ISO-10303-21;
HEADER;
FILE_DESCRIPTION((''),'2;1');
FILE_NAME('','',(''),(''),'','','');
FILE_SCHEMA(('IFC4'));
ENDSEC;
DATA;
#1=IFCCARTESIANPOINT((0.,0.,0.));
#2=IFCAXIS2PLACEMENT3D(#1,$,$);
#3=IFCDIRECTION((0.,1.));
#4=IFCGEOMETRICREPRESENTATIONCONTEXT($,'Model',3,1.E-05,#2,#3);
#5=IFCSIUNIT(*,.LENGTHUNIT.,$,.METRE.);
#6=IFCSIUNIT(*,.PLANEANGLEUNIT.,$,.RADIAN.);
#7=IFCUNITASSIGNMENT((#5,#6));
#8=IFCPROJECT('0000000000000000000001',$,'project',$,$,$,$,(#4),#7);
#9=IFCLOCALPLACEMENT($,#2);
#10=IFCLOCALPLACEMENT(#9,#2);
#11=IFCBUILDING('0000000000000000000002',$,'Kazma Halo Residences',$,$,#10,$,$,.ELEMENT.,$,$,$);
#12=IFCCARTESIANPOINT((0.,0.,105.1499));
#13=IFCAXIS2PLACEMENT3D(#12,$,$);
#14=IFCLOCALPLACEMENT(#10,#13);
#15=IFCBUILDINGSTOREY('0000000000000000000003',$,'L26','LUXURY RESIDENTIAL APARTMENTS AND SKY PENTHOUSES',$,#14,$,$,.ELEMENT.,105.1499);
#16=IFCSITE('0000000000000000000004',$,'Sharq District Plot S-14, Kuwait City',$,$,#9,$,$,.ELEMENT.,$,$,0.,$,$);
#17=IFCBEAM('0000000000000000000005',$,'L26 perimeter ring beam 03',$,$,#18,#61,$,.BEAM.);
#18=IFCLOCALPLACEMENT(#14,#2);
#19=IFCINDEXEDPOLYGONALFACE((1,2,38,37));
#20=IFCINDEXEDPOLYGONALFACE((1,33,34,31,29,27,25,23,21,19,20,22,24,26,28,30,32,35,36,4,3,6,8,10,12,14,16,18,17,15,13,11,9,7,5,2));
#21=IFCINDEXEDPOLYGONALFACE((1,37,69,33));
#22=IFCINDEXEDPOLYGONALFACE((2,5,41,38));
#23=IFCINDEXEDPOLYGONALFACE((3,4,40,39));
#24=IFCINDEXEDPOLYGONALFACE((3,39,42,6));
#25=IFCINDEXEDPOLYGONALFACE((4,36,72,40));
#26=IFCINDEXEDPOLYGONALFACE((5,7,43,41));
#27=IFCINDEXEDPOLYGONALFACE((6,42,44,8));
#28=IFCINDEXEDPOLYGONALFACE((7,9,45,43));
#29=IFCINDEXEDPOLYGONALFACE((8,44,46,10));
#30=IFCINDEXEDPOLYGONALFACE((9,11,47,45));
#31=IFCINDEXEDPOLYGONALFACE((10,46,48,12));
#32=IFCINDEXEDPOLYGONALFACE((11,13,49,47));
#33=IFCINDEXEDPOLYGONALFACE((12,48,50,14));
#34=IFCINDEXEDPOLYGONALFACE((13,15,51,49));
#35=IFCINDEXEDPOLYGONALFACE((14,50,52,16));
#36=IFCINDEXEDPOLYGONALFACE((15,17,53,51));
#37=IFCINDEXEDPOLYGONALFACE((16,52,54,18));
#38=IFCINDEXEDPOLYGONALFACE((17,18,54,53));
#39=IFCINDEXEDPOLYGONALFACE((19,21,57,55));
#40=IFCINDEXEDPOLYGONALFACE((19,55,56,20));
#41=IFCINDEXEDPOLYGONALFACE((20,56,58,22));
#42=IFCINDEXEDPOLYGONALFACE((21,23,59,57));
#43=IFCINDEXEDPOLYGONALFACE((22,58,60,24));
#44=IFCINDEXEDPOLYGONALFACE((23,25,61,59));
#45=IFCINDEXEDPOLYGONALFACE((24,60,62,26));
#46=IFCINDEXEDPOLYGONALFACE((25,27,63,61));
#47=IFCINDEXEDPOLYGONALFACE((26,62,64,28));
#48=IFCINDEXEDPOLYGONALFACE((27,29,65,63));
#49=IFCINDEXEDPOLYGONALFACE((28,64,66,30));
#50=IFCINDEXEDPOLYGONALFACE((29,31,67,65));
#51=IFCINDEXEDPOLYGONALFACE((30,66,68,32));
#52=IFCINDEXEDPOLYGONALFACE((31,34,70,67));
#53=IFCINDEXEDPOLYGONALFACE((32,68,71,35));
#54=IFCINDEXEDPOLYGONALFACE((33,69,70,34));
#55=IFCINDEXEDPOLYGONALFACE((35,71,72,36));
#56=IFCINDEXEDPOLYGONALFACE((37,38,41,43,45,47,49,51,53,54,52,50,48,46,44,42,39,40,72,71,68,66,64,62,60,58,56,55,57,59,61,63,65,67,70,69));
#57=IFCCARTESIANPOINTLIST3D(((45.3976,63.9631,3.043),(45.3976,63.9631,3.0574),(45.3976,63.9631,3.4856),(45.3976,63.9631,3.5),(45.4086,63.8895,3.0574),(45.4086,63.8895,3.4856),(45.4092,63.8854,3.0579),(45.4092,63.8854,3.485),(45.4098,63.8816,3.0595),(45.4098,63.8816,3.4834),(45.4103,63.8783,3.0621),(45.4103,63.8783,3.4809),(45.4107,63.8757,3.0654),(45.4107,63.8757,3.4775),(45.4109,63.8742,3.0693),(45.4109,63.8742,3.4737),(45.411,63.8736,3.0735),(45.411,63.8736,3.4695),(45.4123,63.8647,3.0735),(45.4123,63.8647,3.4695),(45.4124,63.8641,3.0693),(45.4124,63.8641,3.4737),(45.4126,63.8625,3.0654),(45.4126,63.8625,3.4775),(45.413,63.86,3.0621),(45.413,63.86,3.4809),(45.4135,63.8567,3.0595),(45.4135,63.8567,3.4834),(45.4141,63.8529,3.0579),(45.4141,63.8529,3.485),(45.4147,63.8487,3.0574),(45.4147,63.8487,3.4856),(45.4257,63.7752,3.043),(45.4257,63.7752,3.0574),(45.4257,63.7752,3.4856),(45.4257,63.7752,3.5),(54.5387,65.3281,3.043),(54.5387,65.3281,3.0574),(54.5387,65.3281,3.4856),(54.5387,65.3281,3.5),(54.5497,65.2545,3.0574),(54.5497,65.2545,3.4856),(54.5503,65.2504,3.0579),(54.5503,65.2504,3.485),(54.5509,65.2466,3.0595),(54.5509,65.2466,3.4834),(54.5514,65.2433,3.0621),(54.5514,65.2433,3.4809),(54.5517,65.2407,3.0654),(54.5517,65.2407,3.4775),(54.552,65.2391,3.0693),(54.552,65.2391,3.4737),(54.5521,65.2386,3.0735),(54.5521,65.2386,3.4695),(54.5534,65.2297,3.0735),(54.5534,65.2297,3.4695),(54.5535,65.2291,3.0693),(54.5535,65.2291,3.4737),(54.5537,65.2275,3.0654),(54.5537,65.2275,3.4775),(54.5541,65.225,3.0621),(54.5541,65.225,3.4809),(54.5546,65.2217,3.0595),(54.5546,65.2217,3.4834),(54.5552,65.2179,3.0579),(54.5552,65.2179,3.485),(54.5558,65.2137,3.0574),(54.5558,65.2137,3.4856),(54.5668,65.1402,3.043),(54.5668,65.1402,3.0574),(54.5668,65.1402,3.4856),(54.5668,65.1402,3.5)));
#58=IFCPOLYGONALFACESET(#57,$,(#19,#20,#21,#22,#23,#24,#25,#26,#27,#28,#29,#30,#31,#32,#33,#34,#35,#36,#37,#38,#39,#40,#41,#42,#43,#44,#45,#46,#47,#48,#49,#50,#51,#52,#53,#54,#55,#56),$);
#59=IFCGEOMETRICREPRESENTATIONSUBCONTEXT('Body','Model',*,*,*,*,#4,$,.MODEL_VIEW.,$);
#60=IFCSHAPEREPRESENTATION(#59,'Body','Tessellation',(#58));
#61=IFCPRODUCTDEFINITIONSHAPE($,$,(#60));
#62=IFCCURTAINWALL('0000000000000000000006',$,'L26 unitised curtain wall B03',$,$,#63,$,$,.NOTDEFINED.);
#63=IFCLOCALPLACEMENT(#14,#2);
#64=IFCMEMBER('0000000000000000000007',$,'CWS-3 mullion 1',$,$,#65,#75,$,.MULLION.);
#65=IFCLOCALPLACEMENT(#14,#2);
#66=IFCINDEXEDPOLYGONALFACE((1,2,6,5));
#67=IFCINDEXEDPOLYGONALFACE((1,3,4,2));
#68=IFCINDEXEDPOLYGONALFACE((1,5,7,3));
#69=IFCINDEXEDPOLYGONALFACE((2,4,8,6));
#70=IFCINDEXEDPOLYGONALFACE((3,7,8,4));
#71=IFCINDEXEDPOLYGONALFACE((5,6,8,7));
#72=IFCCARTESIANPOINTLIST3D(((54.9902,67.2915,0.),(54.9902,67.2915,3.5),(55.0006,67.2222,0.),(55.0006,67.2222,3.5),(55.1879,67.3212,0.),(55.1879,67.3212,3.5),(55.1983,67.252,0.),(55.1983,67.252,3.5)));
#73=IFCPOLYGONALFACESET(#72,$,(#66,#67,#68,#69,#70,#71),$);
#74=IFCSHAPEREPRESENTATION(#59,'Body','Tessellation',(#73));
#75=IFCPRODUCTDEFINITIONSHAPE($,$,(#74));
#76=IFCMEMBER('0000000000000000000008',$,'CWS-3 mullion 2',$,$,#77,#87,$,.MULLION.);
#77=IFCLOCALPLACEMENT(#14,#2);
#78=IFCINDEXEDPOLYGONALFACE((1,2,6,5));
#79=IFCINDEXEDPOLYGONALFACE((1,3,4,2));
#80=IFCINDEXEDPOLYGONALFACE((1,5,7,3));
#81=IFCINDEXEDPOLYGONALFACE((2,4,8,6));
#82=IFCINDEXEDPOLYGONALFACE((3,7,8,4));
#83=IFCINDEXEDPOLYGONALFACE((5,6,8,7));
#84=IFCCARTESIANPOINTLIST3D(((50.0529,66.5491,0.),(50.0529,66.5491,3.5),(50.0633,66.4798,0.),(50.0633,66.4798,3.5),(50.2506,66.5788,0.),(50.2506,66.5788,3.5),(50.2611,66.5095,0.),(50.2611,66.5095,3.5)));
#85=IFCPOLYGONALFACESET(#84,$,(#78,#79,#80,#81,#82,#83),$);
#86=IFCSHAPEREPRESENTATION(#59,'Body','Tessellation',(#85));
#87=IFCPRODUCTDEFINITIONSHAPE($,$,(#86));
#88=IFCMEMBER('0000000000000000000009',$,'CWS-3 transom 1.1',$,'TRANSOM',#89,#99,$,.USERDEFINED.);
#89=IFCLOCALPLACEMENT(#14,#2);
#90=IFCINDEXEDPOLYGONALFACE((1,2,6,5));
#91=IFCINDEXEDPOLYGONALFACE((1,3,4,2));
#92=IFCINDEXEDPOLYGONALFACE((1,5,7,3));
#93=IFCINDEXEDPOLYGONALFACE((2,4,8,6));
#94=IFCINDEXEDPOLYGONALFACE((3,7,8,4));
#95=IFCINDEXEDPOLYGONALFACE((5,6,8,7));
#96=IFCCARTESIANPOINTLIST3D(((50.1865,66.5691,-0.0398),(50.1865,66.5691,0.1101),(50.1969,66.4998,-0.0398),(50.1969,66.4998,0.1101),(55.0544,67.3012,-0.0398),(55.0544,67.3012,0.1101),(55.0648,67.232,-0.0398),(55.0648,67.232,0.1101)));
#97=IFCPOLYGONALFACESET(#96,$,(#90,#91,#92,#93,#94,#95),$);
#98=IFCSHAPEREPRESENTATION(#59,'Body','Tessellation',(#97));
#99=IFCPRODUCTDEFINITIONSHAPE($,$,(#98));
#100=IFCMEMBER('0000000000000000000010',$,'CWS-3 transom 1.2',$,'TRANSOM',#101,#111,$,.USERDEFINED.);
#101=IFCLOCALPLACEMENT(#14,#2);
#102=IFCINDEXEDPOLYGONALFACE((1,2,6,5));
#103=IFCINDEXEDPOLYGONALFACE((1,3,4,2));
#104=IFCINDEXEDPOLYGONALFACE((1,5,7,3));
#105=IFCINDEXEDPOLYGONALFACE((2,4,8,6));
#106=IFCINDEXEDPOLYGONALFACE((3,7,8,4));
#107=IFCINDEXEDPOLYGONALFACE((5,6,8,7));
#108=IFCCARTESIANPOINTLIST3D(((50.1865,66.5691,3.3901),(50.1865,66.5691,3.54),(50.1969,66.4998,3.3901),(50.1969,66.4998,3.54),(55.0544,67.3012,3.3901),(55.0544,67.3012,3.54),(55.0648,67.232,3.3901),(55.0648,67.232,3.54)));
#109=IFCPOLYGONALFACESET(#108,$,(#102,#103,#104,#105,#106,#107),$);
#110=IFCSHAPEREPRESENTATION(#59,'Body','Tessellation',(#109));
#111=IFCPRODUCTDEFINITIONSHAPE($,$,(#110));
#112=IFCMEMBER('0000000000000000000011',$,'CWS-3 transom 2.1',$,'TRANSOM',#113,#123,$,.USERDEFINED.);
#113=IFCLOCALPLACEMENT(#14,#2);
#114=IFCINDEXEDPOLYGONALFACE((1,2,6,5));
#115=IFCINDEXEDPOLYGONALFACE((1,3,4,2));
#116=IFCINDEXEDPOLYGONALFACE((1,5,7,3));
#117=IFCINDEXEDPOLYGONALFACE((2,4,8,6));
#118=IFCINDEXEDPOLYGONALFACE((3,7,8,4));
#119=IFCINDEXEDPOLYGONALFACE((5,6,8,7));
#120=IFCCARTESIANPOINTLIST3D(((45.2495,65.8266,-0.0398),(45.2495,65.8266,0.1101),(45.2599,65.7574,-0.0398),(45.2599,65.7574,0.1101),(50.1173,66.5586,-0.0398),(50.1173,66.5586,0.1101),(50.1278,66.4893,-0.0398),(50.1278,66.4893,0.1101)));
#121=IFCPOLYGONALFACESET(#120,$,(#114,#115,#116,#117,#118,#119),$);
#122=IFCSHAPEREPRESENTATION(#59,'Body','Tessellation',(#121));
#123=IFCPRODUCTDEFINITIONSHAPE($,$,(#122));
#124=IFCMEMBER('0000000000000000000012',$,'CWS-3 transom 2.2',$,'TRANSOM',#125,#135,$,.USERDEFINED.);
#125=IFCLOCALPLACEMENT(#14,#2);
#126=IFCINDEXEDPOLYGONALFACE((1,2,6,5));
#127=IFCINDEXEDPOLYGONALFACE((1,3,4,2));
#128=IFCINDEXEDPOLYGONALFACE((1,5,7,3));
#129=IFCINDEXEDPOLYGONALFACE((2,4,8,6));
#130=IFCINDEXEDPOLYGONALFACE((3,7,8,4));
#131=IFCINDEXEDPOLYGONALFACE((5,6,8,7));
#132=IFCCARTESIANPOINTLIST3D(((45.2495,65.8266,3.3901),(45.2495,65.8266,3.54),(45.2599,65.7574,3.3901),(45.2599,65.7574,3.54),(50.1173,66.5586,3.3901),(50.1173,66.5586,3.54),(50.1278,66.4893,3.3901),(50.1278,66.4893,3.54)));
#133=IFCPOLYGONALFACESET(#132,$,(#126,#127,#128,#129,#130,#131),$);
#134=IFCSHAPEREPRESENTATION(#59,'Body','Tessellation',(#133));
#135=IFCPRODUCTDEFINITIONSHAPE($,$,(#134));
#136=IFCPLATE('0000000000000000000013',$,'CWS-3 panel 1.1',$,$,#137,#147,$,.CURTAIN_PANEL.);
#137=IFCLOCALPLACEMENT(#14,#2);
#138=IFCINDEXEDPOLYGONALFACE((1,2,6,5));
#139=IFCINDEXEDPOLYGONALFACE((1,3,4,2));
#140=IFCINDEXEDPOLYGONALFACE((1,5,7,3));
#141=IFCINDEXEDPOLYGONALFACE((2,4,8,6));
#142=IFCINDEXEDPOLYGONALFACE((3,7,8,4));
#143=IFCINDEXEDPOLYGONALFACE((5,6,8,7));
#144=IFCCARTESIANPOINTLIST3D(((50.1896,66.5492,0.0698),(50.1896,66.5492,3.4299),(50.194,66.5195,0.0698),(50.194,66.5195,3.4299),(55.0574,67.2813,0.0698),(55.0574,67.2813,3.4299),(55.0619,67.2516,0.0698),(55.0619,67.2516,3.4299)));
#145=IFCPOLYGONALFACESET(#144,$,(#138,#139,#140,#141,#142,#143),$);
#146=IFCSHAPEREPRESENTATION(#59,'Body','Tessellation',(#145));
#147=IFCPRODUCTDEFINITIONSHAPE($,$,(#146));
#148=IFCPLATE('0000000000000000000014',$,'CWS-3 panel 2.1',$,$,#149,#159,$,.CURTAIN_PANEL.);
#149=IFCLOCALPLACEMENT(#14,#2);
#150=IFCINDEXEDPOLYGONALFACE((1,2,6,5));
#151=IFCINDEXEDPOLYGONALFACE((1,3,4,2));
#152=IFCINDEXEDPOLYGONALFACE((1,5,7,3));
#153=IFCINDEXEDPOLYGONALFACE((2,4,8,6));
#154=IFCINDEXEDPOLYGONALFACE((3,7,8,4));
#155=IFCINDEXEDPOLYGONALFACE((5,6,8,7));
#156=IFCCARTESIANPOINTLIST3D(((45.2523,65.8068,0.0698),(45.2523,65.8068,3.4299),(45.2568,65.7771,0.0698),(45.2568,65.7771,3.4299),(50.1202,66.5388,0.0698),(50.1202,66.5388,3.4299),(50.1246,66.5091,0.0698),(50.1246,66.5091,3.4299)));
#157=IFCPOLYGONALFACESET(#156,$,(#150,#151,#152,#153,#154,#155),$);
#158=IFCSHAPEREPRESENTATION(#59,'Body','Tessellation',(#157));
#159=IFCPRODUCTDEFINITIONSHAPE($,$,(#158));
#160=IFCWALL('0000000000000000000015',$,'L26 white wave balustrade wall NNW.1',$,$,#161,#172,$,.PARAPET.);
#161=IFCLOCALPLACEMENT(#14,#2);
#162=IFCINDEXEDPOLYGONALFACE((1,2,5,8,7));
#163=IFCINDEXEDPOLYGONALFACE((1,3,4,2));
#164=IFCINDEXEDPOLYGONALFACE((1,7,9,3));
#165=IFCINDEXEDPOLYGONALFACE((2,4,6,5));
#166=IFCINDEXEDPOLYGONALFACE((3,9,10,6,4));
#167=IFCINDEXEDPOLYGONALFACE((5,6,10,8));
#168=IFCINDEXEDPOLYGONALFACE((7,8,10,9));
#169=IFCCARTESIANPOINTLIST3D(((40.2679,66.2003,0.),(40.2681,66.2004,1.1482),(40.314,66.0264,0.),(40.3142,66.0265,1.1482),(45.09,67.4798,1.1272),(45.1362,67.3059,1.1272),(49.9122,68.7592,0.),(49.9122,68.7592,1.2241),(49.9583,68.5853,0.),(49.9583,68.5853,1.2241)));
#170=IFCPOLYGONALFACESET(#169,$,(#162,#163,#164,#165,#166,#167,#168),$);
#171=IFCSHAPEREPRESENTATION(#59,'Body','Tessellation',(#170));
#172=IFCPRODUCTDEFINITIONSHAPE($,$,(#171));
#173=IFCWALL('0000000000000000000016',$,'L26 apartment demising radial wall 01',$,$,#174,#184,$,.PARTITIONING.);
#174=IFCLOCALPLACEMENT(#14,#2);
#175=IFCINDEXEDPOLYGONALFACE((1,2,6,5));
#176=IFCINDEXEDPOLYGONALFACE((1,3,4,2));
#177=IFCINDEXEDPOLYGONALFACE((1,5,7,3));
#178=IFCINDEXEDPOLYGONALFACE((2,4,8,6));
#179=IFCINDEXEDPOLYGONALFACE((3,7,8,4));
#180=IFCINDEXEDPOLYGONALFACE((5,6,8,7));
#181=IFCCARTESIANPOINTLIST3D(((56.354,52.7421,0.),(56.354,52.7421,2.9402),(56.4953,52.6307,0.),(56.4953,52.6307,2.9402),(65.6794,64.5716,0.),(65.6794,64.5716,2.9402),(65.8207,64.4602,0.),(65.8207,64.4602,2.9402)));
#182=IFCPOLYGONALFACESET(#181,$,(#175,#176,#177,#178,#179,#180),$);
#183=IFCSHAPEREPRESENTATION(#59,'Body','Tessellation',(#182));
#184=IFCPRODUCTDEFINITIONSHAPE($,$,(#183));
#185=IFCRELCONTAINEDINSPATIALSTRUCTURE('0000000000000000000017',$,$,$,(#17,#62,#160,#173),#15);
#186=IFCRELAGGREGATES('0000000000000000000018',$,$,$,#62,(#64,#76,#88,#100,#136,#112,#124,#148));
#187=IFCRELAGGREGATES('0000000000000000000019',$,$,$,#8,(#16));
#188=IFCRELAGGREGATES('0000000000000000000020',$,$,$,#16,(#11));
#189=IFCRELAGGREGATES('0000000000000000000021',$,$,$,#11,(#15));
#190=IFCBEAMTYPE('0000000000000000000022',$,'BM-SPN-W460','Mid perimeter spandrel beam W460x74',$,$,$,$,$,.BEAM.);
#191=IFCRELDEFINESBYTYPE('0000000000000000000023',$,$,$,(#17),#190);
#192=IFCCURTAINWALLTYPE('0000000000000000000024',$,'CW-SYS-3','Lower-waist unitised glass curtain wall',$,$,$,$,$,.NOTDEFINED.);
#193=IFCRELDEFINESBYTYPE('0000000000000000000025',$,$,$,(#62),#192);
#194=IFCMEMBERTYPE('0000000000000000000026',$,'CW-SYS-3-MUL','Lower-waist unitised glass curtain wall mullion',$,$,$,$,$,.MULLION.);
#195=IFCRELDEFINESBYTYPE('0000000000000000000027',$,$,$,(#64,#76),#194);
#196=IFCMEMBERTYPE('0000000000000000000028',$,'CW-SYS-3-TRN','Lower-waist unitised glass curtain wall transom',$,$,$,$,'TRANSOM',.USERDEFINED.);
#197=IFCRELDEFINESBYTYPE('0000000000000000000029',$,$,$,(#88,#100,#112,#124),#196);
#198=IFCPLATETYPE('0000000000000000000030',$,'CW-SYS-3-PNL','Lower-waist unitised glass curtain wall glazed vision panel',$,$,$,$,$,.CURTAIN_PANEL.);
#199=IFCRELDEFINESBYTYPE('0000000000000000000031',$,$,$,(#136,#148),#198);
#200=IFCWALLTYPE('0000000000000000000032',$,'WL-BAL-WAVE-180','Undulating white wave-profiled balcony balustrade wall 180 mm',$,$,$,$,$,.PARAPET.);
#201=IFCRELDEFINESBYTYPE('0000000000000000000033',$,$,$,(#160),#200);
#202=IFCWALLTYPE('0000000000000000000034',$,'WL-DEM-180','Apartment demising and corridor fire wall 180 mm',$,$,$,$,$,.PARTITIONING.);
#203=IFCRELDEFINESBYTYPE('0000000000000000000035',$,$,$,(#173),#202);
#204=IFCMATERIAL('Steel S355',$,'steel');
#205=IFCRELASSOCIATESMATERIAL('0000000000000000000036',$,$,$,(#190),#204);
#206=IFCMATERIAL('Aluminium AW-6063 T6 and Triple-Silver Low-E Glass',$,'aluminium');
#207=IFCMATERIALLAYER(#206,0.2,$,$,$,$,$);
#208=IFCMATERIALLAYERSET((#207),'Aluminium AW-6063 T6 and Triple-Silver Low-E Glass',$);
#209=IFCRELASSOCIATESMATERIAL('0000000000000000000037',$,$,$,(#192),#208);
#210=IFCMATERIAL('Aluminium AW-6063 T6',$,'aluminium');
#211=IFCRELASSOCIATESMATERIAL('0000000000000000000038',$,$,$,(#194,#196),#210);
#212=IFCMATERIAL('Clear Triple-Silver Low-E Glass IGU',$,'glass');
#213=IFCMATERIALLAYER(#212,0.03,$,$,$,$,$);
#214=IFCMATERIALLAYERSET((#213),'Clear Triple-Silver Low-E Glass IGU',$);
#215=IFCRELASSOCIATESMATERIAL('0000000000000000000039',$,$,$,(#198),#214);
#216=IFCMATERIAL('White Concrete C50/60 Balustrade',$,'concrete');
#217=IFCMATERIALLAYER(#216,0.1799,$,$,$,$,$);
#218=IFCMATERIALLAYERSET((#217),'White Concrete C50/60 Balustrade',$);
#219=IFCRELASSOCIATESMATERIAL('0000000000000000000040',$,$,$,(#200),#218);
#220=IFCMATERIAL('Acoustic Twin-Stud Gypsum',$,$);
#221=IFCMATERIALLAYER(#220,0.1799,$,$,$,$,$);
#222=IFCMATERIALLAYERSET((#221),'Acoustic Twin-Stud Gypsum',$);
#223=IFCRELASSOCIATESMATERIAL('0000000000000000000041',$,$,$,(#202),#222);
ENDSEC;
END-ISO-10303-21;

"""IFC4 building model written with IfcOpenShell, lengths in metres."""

from ifc_helpers import new_model, si_unit, direction, frame, frame_2d, origin, origin_2d, place, context, subcontext, project, spatial, polyline, rectangle, i_section, outline, extrude, material, layer, layer_set, material_profile, profile_set, type_object, element, aggregate, save


model = new_model("IFC4")

# Units and contexts
model_context = context("Model", 3, precision=1e-05, world=origin(), true_north=direction((0.0, 1.0)))
body_context = subcontext(model_context, "Body", "Model", "MODEL_VIEW")
ifc_project = project(units=[si_unit("LENGTHUNIT", "METRE"), si_unit("PLANEANGLEUNIT", "RADIAN")], contexts=[model_context])

# Site, building, storey
site_placement = place(None, origin())
site = spatial("IfcSite", under=ifc_project, at=site_placement, Name="Sharq District Plot S-14, Kuwait City", CompositionType="ELEMENT", RefElevation=0.0)
building_placement = place(site_placement, origin())
building = spatial("IfcBuilding", under=site, at=building_placement, Name="Kazma Halo Residences", CompositionType="ELEMENT")
storey_placement = place(building_placement, frame((0.0, 0.0, 105.1499)))
storey = spatial("IfcBuildingStorey", under=building, at=storey_placement, Name="L26", Description="LUXURY RESIDENTIAL APARTMENTS AND SKY PENTHOUSES", CompositionType="ELEMENT", Elevation=105.1499)

# Beam
ifc_material_1 = material(Name="Steel S355", Category="steel")
ifc_material_profile_1 = material_profile(ifc_material_1, i_section(OverallWidth=0.1899, OverallDepth=0.457, WebThickness=0.009, FlangeThickness=0.0144, FilletRadius=0.0161, at=origin_2d()), Name="W460x74")
ifc_profile_set_1 = profile_set([ifc_material_profile_1], Name="Steel S355")
beam_type_1 = type_object("IfcBeamType", Name="BM-SPN-W460", Description="Mid perimeter spandrel beam W460x74", PredefinedType="BEAM", material=ifc_profile_set_1)
beam_1_placement = place(storey_placement, frame((54.5527, 65.2341, 3.2715), z_axis=(-0.989034, -0.147687, 0.0), x_axis=(0.147687, -0.989034, 0.0)))
element("IfcBeam", 1, at=beam_1_placement, inside=storey, type_object=beam_type_1, Name="L26 perimeter ring beam 03", PredefinedType="BEAM", context=body_context, shape_type="SweptSolid", body=[
    extrude(i_section(OverallWidth=0.1899, OverallDepth=0.457, WebThickness=0.009, FlangeThickness=0.0144, FilletRadius=0.0161, at=origin_2d()), origin(), (0.0, 0.0, 1.0), 9.2424),
])

# Curtain wall, members, plates
ifc_material_2 = material(Name="Aluminium AW-6063 T6 and Triple-Silver Low-E Glass", Category="aluminium")
ifc_layer_1 = layer(ifc_material_2, 0.2)
ifc_layer_set_1 = layer_set([ifc_layer_1], Name="Aluminium AW-6063 T6 and Triple-Silver Low-E Glass")
curtain_wall_type = type_object("IfcCurtainWallType", Name="CW-SYS-3", Description="Lower-waist unitised glass curtain wall", PredefinedType="NOTDEFINED", material=ifc_layer_set_1)
curtain_wall_placement = place(storey_placement, origin())
curtain_wall = element("IfcCurtainWall", 2, at=curtain_wall_placement, inside=storey, type_object=curtain_wall_type, Name="L26 unitised curtain wall B03", PredefinedType="NOTDEFINED")
ifc_material_3 = material(Name="Aluminium AW-6063 T6", Category="aluminium")
ifc_material_profile_2 = material_profile(ifc_material_3, rectangle(XDim=0.0701, YDim=0.2, at=origin_2d()), Name="CWM-70x200")
ifc_profile_set_2 = profile_set([ifc_material_profile_2], Name="Aluminium AW-6063 T6")
member_type_1 = type_object("IfcMemberType", Name="CW-SYS-3-MUL", Description="Lower-waist unitised glass curtain wall mullion", PredefinedType="MULLION", material=ifc_profile_set_2)
member_1_placement = place(storey_placement, frame((55.0942, 67.2717, 0.0), z_axis=(0.0, 0.0, 1.0), x_axis=(0.148717, -0.98888, 0.0)))
member_1 = element("IfcMember", 3, at=member_1_placement, type_object=member_type_1, Name="CWS-3 mullion 1", PredefinedType="MULLION", context=body_context, shape_type="SweptSolid", body=[
    extrude(rectangle(XDim=0.0701, YDim=0.2, at=origin_2d()), origin(), (0.0, 0.0, 1.0), 3.5),
])
member_2_placement = place(storey_placement, frame((50.157, 66.5293, 0.0), z_axis=(0.0, 0.0, 1.0), x_axis=(0.148717, -0.98888, 0.0)))
member_2 = element("IfcMember", 4, at=member_2_placement, type_object=member_type_1, Name="CWS-3 mullion 2", PredefinedType="MULLION", context=body_context, shape_type="SweptSolid", body=[
    extrude(rectangle(XDim=0.0701, YDim=0.2, at=origin_2d()), origin(), (0.0, 0.0, 1.0), 3.5),
])
ifc_material_profile_3 = material_profile(ifc_material_3, rectangle(XDim=0.0701, YDim=0.1499, at=origin_2d()), Name="CWT-70x150")
ifc_profile_set_3 = profile_set([ifc_material_profile_3], Name="Aluminium AW-6063 T6")
member_type_2 = type_object("IfcMemberType", Name="CW-SYS-3-TRN", Description="Lower-waist unitised glass curtain wall transom", ElementType="TRANSOM", PredefinedType="USERDEFINED", material=ifc_profile_set_3)
member_3_placement = place(storey_placement, frame((55.0596, 67.2666, 0.0352), z_axis=(-0.988877, -0.148736, 0.0), x_axis=(0.148736, -0.988877, 0.0)))
member_3 = element("IfcMember", 5, at=member_3_placement, type_object=member_type_2, Name="CWS-3 transom 1.1", ObjectType="TRANSOM", PredefinedType="USERDEFINED", context=body_context, shape_type="SweptSolid", body=[
    extrude(rectangle(XDim=0.0701, YDim=0.1499, at=origin_2d()), origin(), (0.0, 0.0, 1.0), 4.9226),
])
member_4_placement = place(storey_placement, frame((55.0596, 67.2666, 3.4651), z_axis=(-0.988877, -0.148736, 0.0), x_axis=(0.148736, -0.988877, 0.0)))
member_4 = element("IfcMember", 6, at=member_4_placement, type_object=member_type_2, Name="CWS-3 transom 1.2", ObjectType="TRANSOM", PredefinedType="USERDEFINED", context=body_context, shape_type="SweptSolid", body=[
    extrude(rectangle(XDim=0.0701, YDim=0.1499, at=origin_2d()), origin(), (0.0, 0.0, 1.0), 4.9226),
])
member_5_placement = place(storey_placement, frame((50.1226, 66.5239, 0.0352), z_axis=(-0.988884, -0.148687, 0.0), x_axis=(0.148687, -0.988884, 0.0)))
member_5 = element("IfcMember", 7, at=member_5_placement, type_object=member_type_2, Name="CWS-3 transom 2.1", ObjectType="TRANSOM", PredefinedType="USERDEFINED", context=body_context, shape_type="SweptSolid", body=[
    extrude(rectangle(XDim=0.0701, YDim=0.1499, at=origin_2d()), origin(), (0.0, 0.0, 1.0), 4.9226),
])
member_6_placement = place(storey_placement, frame((50.1226, 66.5239, 3.4651), z_axis=(-0.988884, -0.148687, 0.0), x_axis=(0.148687, -0.988884, 0.0)))
member_6 = element("IfcMember", 8, at=member_6_placement, type_object=member_type_2, Name="CWS-3 transom 2.2", ObjectType="TRANSOM", PredefinedType="USERDEFINED", context=body_context, shape_type="SweptSolid", body=[
    extrude(rectangle(XDim=0.0701, YDim=0.1499, at=origin_2d()), origin(), (0.0, 0.0, 1.0), 4.9226),
])
ifc_material_4 = material(Name="Clear Triple-Silver Low-E Glass IGU", Category="glass")
ifc_layer_2 = layer(ifc_material_4, 0.03)
ifc_layer_set_2 = layer_set([ifc_layer_2], Name="Clear Triple-Silver Low-E Glass IGU")
plate_type = type_object("IfcPlateType", Name="CW-SYS-3-PNL", Description="Lower-waist unitised glass curtain wall glazed vision panel", PredefinedType="CURTAIN_PANEL", material=ifc_layer_set_2)
plate_1_placement = place(storey_placement, frame((52.6257, 66.9004, 0.0698), z_axis=(0.0, 0.0, 1.0), x_axis=(-0.98888, -0.148717, 0.0)))
plate_1 = element("IfcPlate", 9, at=plate_1_placement, type_object=plate_type, Name="CWS-3 panel 1.1", PredefinedType="CURTAIN_PANEL", context=body_context, shape_type="SweptSolid", body=[
    extrude(rectangle(XDim=4.9226, YDim=0.03, at=origin_2d()), origin(), (0.0, 0.0, 1.0), 3.3601),
])
plate_2_placement = place(storey_placement, frame((47.6885, 66.158, 0.0698), z_axis=(0.0, 0.0, 1.0), x_axis=(-0.98888, -0.148717, 0.0)))
plate_2 = element("IfcPlate", 10, at=plate_2_placement, type_object=plate_type, Name="CWS-3 panel 2.1", PredefinedType="CURTAIN_PANEL", context=body_context, shape_type="SweptSolid", body=[
    extrude(rectangle(XDim=4.9226, YDim=0.03, at=origin_2d()), origin(), (0.0, 0.0, 1.0), 3.3601),
])
aggregate(curtain_wall, [member_1, member_2, member_3, member_4, plate_1, member_5, member_6, plate_2])

# Walls
ifc_material_5 = material(Name="White Concrete C50/60 Balustrade", Category="concrete")
ifc_layer_3 = layer(ifc_material_5, 0.1799)
ifc_layer_set_3 = layer_set([ifc_layer_3], Name="White Concrete C50/60 Balustrade")
wall_type_1 = type_object("IfcWallType", Name="WL-BAL-WAVE-180", Description="Undulating white wave-profiled balcony balustrade wall 180 mm", PredefinedType="PARAPET", material=ifc_layer_set_3)
wall_1_placement = place(storey_placement, frame((49.9353, 68.6721, 0.0), z_axis=(0.0, 0.0, 1.0), x_axis=(-0.966558, -0.256449, 0.0)))
element("IfcWall", 11, at=wall_1_placement, inside=storey, type_object=wall_type_1, Name="L26 white wave balustrade wall NNW.1", PredefinedType="PARAPET", context=body_context, shape_type="SweptSolid", body=[
    extrude(outline(polyline([(0.0, 0.0), (9.978, 0.0), (9.9778, 1.1482), (4.989, 1.1272), (0.0, 1.2241), (0.0, 0.0)])), frame((0.0, 0.0898, 0.0), z_axis=(0.0, -1.0, 0.0), x_axis=(1.0, 0.0, 0.0)), (0.0, 0.0, 1.0), 0.1799),
])
ifc_material_6 = material(Name="Acoustic Twin-Stud Gypsum")
ifc_layer_4 = layer(ifc_material_6, 0.1799)
ifc_layer_set_4 = layer_set([ifc_layer_4], Name="Acoustic Twin-Stud Gypsum")
wall_type_2 = type_object("IfcWallType", Name="WL-DEM-180", Description="Apartment demising and corridor fire wall 180 mm", PredefinedType="PARTITIONING", material=ifc_layer_set_4)
wall_2_placement = place(storey_placement, frame((56.4246, 52.6863, 0.0), z_axis=(0.0, 0.0, 1.0), x_axis=(0.619083, 0.785325, 0.0)))
element("IfcWall", 12, at=wall_2_placement, inside=storey, type_object=wall_type_2, Name="L26 apartment demising radial wall 01", PredefinedType="PARTITIONING", context=body_context, shape_type="SweptSolid", body=[
    extrude(rectangle(XDim=15.0632, YDim=0.1799, at=frame_2d((7.5317, 0.0))), origin(), (0.0, 0.0, 1.0), 2.9402),
])

save(model, "model.ifc")
